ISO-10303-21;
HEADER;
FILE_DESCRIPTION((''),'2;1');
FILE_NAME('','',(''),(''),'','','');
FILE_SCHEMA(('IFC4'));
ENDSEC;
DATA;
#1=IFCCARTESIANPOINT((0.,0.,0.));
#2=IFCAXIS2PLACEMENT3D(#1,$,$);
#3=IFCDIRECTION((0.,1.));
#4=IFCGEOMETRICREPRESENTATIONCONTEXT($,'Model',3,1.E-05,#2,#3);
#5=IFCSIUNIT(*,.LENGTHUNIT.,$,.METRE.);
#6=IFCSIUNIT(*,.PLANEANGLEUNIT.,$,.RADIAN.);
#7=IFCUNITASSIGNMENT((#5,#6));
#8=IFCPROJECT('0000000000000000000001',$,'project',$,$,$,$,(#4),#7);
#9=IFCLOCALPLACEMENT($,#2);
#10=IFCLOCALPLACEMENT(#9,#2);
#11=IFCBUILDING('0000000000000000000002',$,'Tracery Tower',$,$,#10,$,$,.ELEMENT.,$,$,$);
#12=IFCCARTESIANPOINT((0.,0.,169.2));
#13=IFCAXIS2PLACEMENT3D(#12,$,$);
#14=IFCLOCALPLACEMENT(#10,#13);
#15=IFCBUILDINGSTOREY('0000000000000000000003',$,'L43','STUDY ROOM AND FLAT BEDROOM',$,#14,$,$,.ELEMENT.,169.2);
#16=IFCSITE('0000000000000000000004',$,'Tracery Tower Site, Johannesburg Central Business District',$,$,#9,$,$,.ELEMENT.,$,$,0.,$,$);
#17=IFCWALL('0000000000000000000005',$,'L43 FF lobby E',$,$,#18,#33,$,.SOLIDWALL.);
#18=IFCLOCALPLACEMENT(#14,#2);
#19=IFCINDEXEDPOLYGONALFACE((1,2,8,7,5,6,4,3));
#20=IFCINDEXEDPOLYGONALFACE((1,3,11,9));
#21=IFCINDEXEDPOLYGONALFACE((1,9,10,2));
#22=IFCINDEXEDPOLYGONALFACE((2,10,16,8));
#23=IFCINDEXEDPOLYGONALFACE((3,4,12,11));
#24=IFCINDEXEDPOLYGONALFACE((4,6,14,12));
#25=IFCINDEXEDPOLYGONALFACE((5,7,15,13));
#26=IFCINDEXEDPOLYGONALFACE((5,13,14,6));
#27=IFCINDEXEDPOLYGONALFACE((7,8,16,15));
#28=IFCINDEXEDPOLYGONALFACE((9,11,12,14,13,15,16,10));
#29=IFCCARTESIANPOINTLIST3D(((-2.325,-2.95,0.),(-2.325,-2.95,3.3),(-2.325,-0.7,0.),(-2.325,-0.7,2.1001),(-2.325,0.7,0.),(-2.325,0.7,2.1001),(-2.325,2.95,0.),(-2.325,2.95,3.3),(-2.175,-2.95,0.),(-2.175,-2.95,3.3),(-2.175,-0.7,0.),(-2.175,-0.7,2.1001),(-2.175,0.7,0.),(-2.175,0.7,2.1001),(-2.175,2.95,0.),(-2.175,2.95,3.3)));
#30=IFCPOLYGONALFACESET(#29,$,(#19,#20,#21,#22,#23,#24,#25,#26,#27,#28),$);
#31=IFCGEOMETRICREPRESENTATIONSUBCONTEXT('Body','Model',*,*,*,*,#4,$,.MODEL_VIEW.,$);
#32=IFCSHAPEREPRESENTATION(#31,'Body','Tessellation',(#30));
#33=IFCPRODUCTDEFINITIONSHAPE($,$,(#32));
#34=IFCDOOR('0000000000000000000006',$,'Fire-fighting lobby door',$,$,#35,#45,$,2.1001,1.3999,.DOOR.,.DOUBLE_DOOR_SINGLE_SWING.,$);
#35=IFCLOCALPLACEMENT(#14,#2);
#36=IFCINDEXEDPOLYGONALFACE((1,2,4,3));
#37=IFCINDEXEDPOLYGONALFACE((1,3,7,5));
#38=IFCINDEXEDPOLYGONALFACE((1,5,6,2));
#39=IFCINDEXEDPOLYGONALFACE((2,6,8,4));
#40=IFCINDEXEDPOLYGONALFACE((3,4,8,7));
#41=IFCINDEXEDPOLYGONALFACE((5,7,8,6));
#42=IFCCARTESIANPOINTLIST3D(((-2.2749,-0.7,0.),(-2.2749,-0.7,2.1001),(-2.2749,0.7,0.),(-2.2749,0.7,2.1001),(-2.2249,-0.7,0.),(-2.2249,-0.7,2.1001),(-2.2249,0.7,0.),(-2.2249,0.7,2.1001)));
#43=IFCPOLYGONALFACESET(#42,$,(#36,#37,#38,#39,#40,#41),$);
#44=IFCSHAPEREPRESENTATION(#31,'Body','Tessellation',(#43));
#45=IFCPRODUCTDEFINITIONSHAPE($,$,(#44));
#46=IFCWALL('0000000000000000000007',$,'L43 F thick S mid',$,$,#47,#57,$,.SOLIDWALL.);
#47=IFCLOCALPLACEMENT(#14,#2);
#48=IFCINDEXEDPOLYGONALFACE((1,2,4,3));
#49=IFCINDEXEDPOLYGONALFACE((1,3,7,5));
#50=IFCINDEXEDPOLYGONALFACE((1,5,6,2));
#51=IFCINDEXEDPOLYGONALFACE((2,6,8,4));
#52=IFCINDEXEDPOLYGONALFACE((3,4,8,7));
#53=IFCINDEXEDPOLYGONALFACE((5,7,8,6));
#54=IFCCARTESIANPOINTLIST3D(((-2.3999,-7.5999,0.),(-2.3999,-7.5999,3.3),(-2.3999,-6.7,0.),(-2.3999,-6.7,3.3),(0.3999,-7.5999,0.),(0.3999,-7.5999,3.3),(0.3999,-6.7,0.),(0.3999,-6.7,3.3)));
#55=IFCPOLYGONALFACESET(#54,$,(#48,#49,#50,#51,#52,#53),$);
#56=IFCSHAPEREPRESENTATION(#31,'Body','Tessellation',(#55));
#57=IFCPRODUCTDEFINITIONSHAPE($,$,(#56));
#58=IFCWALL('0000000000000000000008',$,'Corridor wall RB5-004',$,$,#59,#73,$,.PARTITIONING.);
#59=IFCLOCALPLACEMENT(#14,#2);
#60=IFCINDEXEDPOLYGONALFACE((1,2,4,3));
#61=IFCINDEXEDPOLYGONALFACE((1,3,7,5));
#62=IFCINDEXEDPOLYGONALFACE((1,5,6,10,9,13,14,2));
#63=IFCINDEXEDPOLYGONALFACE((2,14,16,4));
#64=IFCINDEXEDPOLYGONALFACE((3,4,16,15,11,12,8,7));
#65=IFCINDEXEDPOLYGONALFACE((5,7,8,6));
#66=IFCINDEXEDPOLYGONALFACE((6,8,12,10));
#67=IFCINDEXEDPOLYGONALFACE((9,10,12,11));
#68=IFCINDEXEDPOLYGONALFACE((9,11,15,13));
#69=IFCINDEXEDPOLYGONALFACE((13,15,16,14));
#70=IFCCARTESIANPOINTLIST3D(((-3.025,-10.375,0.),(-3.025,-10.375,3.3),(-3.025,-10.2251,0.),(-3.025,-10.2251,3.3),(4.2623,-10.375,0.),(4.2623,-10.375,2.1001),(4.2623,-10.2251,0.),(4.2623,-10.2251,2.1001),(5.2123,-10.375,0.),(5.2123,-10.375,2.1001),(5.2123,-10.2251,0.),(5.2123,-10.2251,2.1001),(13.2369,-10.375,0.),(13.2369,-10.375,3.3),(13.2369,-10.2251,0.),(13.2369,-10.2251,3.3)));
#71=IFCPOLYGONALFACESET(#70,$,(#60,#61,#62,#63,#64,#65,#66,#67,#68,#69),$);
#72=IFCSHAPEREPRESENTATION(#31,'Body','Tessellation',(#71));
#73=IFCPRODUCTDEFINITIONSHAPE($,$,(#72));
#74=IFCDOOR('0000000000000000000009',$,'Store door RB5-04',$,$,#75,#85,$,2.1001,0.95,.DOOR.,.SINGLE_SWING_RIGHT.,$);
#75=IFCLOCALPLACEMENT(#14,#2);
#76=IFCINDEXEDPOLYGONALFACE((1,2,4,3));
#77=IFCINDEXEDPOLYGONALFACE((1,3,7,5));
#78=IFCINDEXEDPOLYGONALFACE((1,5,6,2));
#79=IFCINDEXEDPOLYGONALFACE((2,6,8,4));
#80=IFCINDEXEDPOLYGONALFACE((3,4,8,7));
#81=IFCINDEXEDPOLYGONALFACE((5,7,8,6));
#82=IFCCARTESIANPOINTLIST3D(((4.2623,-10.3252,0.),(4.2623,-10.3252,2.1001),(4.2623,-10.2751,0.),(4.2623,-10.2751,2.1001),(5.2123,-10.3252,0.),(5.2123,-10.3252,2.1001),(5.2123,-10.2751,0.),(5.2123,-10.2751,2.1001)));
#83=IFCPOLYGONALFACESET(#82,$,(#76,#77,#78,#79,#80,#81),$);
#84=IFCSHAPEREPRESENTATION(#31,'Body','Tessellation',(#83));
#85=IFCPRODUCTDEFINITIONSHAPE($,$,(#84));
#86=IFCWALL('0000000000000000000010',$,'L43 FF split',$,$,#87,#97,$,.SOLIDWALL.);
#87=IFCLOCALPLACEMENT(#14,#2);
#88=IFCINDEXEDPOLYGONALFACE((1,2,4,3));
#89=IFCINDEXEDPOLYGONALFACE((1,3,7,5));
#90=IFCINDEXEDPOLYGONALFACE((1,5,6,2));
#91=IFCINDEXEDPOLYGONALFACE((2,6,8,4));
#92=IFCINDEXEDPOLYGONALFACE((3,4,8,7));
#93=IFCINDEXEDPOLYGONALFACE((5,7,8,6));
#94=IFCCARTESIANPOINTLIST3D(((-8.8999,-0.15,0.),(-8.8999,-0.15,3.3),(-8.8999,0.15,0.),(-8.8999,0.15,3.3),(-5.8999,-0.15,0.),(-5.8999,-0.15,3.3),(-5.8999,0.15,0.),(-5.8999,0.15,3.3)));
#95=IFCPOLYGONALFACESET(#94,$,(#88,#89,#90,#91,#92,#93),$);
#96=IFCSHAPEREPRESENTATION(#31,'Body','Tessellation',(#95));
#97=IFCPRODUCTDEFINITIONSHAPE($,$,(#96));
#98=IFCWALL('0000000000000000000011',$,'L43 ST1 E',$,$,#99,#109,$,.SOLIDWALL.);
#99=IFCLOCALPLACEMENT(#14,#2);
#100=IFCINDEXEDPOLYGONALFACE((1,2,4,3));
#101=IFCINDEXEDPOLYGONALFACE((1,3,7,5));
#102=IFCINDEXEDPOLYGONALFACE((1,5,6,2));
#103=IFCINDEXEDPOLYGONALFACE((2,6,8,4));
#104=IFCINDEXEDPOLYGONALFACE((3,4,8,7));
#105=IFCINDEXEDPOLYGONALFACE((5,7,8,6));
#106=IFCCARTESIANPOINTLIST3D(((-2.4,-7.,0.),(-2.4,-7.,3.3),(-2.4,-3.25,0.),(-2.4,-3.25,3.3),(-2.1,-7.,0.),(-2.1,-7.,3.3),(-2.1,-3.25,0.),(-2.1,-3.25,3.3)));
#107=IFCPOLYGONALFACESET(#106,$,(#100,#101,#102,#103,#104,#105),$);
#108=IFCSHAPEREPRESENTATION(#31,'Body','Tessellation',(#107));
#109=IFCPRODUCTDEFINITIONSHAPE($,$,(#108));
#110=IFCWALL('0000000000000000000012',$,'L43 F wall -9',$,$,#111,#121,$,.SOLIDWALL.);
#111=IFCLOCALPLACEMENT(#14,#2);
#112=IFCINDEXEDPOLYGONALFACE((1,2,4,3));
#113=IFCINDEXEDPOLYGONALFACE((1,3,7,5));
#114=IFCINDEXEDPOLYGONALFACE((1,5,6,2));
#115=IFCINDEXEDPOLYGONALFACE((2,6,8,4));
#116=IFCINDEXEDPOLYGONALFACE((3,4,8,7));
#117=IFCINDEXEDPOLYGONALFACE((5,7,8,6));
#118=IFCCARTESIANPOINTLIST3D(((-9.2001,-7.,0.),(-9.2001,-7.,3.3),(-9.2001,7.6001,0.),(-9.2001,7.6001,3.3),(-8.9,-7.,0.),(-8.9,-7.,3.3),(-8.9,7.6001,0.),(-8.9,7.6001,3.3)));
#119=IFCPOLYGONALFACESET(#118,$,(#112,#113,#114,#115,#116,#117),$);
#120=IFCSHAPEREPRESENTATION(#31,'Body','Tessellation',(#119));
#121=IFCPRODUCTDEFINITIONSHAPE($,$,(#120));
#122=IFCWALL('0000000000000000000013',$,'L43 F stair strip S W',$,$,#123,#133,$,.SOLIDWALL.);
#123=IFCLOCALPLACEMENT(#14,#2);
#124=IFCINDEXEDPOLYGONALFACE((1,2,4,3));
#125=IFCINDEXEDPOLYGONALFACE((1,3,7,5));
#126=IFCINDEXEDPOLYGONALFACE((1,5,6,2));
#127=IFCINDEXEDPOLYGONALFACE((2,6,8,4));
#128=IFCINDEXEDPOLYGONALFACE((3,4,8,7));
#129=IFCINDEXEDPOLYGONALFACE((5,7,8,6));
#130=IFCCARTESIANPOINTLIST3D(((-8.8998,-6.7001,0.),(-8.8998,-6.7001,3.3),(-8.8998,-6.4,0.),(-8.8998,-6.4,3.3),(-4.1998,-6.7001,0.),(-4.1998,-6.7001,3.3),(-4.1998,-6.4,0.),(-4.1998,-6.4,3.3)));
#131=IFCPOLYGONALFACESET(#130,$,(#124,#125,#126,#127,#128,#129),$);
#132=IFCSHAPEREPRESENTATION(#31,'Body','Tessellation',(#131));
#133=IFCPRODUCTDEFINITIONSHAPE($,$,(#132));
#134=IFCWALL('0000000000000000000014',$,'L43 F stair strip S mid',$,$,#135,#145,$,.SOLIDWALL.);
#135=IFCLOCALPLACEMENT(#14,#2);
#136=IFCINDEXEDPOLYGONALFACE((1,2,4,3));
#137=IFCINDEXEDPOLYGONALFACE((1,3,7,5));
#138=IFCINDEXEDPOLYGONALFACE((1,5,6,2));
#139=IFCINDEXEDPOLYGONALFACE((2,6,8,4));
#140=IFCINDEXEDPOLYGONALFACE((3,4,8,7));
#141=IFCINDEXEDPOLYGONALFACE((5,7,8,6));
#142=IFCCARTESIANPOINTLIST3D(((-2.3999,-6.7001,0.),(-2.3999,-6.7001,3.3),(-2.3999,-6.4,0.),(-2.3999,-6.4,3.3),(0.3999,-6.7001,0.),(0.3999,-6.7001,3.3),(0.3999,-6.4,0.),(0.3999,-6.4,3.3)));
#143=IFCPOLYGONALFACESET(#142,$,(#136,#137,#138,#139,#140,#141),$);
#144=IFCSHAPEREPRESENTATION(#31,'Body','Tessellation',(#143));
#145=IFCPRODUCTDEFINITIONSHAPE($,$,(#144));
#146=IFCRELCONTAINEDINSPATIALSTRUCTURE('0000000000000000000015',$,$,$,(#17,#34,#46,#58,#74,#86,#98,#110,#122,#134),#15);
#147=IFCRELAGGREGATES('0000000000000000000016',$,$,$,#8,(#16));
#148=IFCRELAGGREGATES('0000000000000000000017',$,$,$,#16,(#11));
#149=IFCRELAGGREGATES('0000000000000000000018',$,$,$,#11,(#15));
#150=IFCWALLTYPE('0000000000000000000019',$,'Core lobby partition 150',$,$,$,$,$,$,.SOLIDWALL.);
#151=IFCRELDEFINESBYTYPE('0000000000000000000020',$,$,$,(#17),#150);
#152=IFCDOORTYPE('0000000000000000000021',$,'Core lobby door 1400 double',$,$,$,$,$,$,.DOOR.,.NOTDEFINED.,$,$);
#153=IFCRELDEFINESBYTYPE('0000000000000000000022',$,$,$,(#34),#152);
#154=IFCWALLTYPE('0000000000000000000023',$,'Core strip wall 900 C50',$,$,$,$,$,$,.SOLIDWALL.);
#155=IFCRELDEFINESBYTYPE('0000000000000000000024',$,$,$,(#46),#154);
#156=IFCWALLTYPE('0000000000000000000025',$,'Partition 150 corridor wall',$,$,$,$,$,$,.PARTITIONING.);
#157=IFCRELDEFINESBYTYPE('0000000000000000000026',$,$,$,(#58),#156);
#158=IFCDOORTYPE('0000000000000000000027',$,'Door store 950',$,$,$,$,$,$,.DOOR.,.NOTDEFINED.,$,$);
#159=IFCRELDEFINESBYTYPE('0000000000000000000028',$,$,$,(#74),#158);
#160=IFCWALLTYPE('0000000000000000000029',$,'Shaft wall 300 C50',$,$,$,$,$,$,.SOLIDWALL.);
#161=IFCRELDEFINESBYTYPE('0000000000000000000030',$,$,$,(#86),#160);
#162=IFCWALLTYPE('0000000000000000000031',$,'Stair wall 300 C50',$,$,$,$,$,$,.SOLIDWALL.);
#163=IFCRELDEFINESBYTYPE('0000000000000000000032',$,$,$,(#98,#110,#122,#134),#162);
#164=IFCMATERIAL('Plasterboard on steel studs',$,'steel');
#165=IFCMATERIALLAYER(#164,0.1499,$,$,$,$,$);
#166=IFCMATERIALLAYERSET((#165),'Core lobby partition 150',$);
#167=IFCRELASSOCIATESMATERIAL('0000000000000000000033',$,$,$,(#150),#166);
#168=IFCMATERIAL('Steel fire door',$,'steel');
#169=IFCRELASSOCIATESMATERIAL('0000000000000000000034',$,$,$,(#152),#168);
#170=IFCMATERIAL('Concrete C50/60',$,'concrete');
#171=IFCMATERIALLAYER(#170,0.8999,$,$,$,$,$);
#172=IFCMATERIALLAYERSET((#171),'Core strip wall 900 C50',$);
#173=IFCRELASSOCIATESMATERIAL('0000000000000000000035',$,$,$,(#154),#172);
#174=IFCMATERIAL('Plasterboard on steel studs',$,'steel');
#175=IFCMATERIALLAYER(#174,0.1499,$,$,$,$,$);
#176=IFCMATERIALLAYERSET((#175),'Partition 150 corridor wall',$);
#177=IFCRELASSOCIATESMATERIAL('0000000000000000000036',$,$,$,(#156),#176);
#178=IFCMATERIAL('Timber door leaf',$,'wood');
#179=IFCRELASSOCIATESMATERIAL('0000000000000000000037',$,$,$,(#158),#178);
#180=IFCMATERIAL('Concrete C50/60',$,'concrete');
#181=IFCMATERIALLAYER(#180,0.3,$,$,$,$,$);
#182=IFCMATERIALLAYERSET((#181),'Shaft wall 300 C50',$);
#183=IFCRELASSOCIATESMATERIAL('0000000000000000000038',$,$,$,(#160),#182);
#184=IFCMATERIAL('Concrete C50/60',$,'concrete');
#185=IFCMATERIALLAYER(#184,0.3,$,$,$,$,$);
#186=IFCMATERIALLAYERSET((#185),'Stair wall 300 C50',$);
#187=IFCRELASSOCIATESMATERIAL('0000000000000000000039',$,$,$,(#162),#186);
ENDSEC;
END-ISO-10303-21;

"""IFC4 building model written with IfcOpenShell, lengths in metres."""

from ifc_helpers import new_model, si_unit, direction, frame, frame_2d, origin, place, context, subcontext, project, spatial, rectangle, extrude, material, layer, layer_set, type_object, element, fill, save


model = new_model("IFC4")

# Units and contexts
model_context = context("Model", 3, precision=1e-05, world=origin(), true_north=direction((0.0, 1.0)))
body_context = subcontext(model_context, "Body", "Model", "MODEL_VIEW")
ifc_project = project(units=[si_unit("LENGTHUNIT", "METRE"), si_unit("PLANEANGLEUNIT", "RADIAN")], contexts=[model_context])

# Site, building, storey
site_placement = place(None, origin())
site = spatial("IfcSite", under=ifc_project, at=site_placement, Name="Tracery Tower Site, Johannesburg Central Business District", CompositionType="ELEMENT", RefElevation=0.0)
building_placement = place(site_placement, origin())
building = spatial("IfcBuilding", under=site, at=building_placement, Name="Tracery Tower", CompositionType="ELEMENT")
storey_placement = place(building_placement, frame((0.0, 0.0, 169.2)))
storey = spatial("IfcBuildingStorey", under=building, at=storey_placement, Name="L43", Description="STUDY ROOM AND FLAT BEDROOM", CompositionType="ELEMENT", Elevation=169.2)

# Wall, opening, door
ifc_material_1 = material(Name="Plasterboard on steel studs", Category="steel")
ifc_layer_1 = layer(ifc_material_1, 0.1499)
ifc_layer_set_1 = layer_set([ifc_layer_1], Name="Core lobby partition 150")
wall_type_1 = type_object("IfcWallType", Name="Core lobby partition 150", PredefinedType="SOLIDWALL", material=ifc_layer_set_1)
wall_1_placement = place(storey_placement, frame((-2.25, -2.95, 0.0), z_axis=(0.0, 0.0, 1.0), x_axis=(0.0, 1.0, 0.0)))
wall_1 = element("IfcWall", 1, at=wall_1_placement, inside=storey, type_object=wall_type_1, Name="L43 FF lobby E", PredefinedType="SOLIDWALL", context=body_context, shape_type="SweptSolid", body=[
    extrude(rectangle(XDim=5.8999, YDim=0.1499, at=frame_2d((2.95, 0.0))), origin(), (0.0, 0.0, 1.0), 3.3),
])
opening_1_placement = place(wall_1_placement, frame((2.25, 0.0, 0.0)))
opening_1 = element("IfcOpeningElement", 2, at=opening_1_placement, cuts=wall_1, PredefinedType="OPENING", context=body_context, shape_type="SweptSolid", body=[
    extrude(rectangle(XDim=1.3999, YDim=2.1001, at=frame_2d((0.7, 1.05))), frame((0.0, 0.075, 0.0), z_axis=(0.0, -1.0, 0.0), x_axis=(1.0, 0.0, 0.0)), (0.0, 0.0, 1.0), 0.1499),
])
ifc_material_2 = material(Name="Steel fire door", Category="steel")
door_type_1 = type_object("IfcDoorType", Name="Core lobby door 1400 double", OperationType="NOTDEFINED", PredefinedType="DOOR", material=ifc_material_2)
door_1_placement = place(opening_1_placement, origin())
door_1 = element("IfcDoor", 3, at=door_1_placement, inside=storey, type_object=door_type_1, Name="Fire-fighting lobby door", OperationType="DOUBLE_DOOR_SINGLE_SWING", OverallHeight=2.1001, OverallWidth=1.3999, PredefinedType="DOOR", context=body_context, shape_type="SweptSolid", body=[
    extrude(rectangle(XDim=1.3999, YDim=2.1001, at=frame_2d((0.7, 1.05))), frame((0.0, 0.0249, 0.0), z_axis=(0.0, -1.0, 0.0), x_axis=(1.0, 0.0, 0.0)), (0.0, 0.0, 1.0), 0.05),
])
fill(opening_1, door_1)

# Wall
ifc_material_3 = material(Name="Concrete C50/60", Category="concrete")
ifc_layer_2 = layer(ifc_material_3, 0.8999)
ifc_layer_set_2 = layer_set([ifc_layer_2], Name="Core strip wall 900 C50")
wall_type_2 = type_object("IfcWallType", Name="Core strip wall 900 C50", PredefinedType="SOLIDWALL", material=ifc_layer_set_2)
wall_2_placement = place(storey_placement, frame((-2.3999, -7.1499, 0.0), z_axis=(0.0, 0.0, 1.0), x_axis=(1.0, 0.0, 0.0)))
element("IfcWall", 4, at=wall_2_placement, inside=storey, type_object=wall_type_2, Name="L43 F thick S mid", PredefinedType="SOLIDWALL", context=body_context, shape_type="SweptSolid", body=[
    extrude(rectangle(XDim=2.7998, YDim=0.8999, at=frame_2d((1.3999, 0.0))), origin(), (0.0, 0.0, 1.0), 3.3),
])

# Wall, opening, door
ifc_material_4 = material(Name="Plasterboard on steel studs", Category="steel")
ifc_layer_3 = layer(ifc_material_4, 0.1499)
ifc_layer_set_3 = layer_set([ifc_layer_3], Name="Partition 150 corridor wall")
wall_type_3 = type_object("IfcWallType", Name="Partition 150 corridor wall", PredefinedType="PARTITIONING", material=ifc_layer_set_3)
wall_3_placement = place(storey_placement, frame((-3.0249, -10.3, 0.0), z_axis=(0.0, 0.0, 1.0), x_axis=(1.0, 0.0, 0.0)))
wall_3 = element("IfcWall", 5, at=wall_3_placement, inside=storey, type_object=wall_type_3, Name="Corridor wall RB5-004", PredefinedType="PARTITIONING", context=body_context, shape_type="SweptSolid", body=[
    extrude(rectangle(XDim=16.262, YDim=0.1499, at=frame_2d((8.1309, 0.0))), origin(), (0.0, 0.0, 1.0), 3.3),
])
opening_2_placement = place(wall_3_placement, frame((7.2871, 0.0, 0.0)))
opening_2 = element("IfcOpeningElement", 6, at=opening_2_placement, cuts=wall_3, PredefinedType="OPENING", context=body_context, shape_type="SweptSolid", body=[
    extrude(rectangle(XDim=0.95, YDim=2.1001, at=frame_2d((0.4751, 1.05))), frame((0.0, 0.075, 0.0), z_axis=(0.0, -1.0, 0.0), x_axis=(1.0, 0.0, 0.0)), (0.0, 0.0, 1.0), 0.1499),
])
ifc_material_5 = material(Name="Timber door leaf", Category="wood")
door_type_2 = type_object("IfcDoorType", Name="Door store 950", OperationType="NOTDEFINED", PredefinedType="DOOR", material=ifc_material_5)
door_2_placement = place(opening_2_placement, origin())
door_2 = element("IfcDoor", 7, at=door_2_placement, inside=storey, type_object=door_type_2, Name="Store door RB5-04", OperationType="SINGLE_SWING_RIGHT", OverallHeight=2.1001, OverallWidth=0.95, PredefinedType="DOOR", context=body_context, shape_type="SweptSolid", body=[
    extrude(rectangle(XDim=0.95, YDim=2.1001, at=frame_2d((0.4751, 1.05))), frame((0.0, 0.0249, 0.0), z_axis=(0.0, -1.0, 0.0), x_axis=(1.0, 0.0, 0.0)), (0.0, 0.0, 1.0), 0.05),
])
fill(opening_2, door_2)

# Wall
ifc_material_6 = material(Name="Concrete C50/60", Category="concrete")
ifc_layer_4 = layer(ifc_material_6, 0.3)
ifc_layer_set_4 = layer_set([ifc_layer_4], Name="Shaft wall 300 C50")
wall_type_4 = type_object("IfcWallType", Name="Shaft wall 300 C50", PredefinedType="SOLIDWALL", material=ifc_layer_set_4)
wall_4_placement = place(storey_placement, frame((-8.8999, 0.0, 0.0), z_axis=(0.0, 0.0, 1.0), x_axis=(1.0, 0.0, 0.0)))
element("IfcWall", 8, at=wall_4_placement, inside=storey, type_object=wall_type_4, Name="L43 FF split", PredefinedType="SOLIDWALL", context=body_context, shape_type="SweptSolid", body=[
    extrude(rectangle(XDim=3.0, YDim=0.3, at=frame_2d((1.5, 0.0))), origin(), (0.0, 0.0, 1.0), 3.3),
])

# Shared definitions
ifc_material_7 = material(Name="Concrete C50/60", Category="concrete")
ifc_layer_5 = layer(ifc_material_7, 0.3)
ifc_layer_set_5 = layer_set([ifc_layer_5], Name="Stair wall 300 C50")
wall_type_5 = type_object("IfcWallType", Name="Stair wall 300 C50", PredefinedType="SOLIDWALL", material=ifc_layer_set_5)

# Walls
wall_5_placement = place(storey_placement, frame((-2.25, -7.0, 0.0), z_axis=(0.0, 0.0, 1.0), x_axis=(0.0, 1.0, 0.0)))
element("IfcWall", 9, at=wall_5_placement, inside=storey, type_object=wall_type_5, Name="L43 ST1 E", PredefinedType="SOLIDWALL", context=body_context, shape_type="SweptSolid", body=[
    extrude(rectangle(XDim=3.75, YDim=0.3, at=frame_2d((1.875, 0.0))), origin(), (0.0, 0.0, 1.0), 3.3),
])
wall_6_placement = place(storey_placement, frame((-9.05, -7.0, 0.0), z_axis=(0.0, 0.0, 1.0), x_axis=(0.0, 1.0, 0.0)))
element("IfcWall", 10, at=wall_6_placement, inside=storey, type_object=wall_type_5, Name="L43 F wall -9", PredefinedType="SOLIDWALL", context=body_context, shape_type="SweptSolid", body=[
    extrude(rectangle(XDim=14.6001, YDim=0.3, at=frame_2d((7.3, 0.0))), origin(), (0.0, 0.0, 1.0), 3.3),
])
wall_7_placement = place(storey_placement, frame((-8.8999, -6.55, 0.0), z_axis=(0.0, 0.0, 1.0), x_axis=(1.0, 0.0, 0.0)))
element("IfcWall", 11, at=wall_7_placement, inside=storey, type_object=wall_type_5, Name="L43 F stair strip S W", PredefinedType="SOLIDWALL", context=body_context, shape_type="SweptSolid", body=[
    extrude(rectangle(XDim=4.7, YDim=0.3, at=frame_2d((2.3501, 0.0))), origin(), (0.0, 0.0, 1.0), 3.3),
])
wall_8_placement = place(storey_placement, frame((-2.3999, -6.55, 0.0), z_axis=(0.0, 0.0, 1.0), x_axis=(1.0, 0.0, 0.0)))
element("IfcWall", 12, at=wall_8_placement, inside=storey, type_object=wall_type_5, Name="L43 F stair strip S mid", PredefinedType="SOLIDWALL", context=body_context, shape_type="SweptSolid", body=[
    extrude(rectangle(XDim=2.7998, YDim=0.3, at=frame_2d((1.3999, 0.0))), origin(), (0.0, 0.0, 1.0), 3.3),
])

save(model, "model.ifc")
